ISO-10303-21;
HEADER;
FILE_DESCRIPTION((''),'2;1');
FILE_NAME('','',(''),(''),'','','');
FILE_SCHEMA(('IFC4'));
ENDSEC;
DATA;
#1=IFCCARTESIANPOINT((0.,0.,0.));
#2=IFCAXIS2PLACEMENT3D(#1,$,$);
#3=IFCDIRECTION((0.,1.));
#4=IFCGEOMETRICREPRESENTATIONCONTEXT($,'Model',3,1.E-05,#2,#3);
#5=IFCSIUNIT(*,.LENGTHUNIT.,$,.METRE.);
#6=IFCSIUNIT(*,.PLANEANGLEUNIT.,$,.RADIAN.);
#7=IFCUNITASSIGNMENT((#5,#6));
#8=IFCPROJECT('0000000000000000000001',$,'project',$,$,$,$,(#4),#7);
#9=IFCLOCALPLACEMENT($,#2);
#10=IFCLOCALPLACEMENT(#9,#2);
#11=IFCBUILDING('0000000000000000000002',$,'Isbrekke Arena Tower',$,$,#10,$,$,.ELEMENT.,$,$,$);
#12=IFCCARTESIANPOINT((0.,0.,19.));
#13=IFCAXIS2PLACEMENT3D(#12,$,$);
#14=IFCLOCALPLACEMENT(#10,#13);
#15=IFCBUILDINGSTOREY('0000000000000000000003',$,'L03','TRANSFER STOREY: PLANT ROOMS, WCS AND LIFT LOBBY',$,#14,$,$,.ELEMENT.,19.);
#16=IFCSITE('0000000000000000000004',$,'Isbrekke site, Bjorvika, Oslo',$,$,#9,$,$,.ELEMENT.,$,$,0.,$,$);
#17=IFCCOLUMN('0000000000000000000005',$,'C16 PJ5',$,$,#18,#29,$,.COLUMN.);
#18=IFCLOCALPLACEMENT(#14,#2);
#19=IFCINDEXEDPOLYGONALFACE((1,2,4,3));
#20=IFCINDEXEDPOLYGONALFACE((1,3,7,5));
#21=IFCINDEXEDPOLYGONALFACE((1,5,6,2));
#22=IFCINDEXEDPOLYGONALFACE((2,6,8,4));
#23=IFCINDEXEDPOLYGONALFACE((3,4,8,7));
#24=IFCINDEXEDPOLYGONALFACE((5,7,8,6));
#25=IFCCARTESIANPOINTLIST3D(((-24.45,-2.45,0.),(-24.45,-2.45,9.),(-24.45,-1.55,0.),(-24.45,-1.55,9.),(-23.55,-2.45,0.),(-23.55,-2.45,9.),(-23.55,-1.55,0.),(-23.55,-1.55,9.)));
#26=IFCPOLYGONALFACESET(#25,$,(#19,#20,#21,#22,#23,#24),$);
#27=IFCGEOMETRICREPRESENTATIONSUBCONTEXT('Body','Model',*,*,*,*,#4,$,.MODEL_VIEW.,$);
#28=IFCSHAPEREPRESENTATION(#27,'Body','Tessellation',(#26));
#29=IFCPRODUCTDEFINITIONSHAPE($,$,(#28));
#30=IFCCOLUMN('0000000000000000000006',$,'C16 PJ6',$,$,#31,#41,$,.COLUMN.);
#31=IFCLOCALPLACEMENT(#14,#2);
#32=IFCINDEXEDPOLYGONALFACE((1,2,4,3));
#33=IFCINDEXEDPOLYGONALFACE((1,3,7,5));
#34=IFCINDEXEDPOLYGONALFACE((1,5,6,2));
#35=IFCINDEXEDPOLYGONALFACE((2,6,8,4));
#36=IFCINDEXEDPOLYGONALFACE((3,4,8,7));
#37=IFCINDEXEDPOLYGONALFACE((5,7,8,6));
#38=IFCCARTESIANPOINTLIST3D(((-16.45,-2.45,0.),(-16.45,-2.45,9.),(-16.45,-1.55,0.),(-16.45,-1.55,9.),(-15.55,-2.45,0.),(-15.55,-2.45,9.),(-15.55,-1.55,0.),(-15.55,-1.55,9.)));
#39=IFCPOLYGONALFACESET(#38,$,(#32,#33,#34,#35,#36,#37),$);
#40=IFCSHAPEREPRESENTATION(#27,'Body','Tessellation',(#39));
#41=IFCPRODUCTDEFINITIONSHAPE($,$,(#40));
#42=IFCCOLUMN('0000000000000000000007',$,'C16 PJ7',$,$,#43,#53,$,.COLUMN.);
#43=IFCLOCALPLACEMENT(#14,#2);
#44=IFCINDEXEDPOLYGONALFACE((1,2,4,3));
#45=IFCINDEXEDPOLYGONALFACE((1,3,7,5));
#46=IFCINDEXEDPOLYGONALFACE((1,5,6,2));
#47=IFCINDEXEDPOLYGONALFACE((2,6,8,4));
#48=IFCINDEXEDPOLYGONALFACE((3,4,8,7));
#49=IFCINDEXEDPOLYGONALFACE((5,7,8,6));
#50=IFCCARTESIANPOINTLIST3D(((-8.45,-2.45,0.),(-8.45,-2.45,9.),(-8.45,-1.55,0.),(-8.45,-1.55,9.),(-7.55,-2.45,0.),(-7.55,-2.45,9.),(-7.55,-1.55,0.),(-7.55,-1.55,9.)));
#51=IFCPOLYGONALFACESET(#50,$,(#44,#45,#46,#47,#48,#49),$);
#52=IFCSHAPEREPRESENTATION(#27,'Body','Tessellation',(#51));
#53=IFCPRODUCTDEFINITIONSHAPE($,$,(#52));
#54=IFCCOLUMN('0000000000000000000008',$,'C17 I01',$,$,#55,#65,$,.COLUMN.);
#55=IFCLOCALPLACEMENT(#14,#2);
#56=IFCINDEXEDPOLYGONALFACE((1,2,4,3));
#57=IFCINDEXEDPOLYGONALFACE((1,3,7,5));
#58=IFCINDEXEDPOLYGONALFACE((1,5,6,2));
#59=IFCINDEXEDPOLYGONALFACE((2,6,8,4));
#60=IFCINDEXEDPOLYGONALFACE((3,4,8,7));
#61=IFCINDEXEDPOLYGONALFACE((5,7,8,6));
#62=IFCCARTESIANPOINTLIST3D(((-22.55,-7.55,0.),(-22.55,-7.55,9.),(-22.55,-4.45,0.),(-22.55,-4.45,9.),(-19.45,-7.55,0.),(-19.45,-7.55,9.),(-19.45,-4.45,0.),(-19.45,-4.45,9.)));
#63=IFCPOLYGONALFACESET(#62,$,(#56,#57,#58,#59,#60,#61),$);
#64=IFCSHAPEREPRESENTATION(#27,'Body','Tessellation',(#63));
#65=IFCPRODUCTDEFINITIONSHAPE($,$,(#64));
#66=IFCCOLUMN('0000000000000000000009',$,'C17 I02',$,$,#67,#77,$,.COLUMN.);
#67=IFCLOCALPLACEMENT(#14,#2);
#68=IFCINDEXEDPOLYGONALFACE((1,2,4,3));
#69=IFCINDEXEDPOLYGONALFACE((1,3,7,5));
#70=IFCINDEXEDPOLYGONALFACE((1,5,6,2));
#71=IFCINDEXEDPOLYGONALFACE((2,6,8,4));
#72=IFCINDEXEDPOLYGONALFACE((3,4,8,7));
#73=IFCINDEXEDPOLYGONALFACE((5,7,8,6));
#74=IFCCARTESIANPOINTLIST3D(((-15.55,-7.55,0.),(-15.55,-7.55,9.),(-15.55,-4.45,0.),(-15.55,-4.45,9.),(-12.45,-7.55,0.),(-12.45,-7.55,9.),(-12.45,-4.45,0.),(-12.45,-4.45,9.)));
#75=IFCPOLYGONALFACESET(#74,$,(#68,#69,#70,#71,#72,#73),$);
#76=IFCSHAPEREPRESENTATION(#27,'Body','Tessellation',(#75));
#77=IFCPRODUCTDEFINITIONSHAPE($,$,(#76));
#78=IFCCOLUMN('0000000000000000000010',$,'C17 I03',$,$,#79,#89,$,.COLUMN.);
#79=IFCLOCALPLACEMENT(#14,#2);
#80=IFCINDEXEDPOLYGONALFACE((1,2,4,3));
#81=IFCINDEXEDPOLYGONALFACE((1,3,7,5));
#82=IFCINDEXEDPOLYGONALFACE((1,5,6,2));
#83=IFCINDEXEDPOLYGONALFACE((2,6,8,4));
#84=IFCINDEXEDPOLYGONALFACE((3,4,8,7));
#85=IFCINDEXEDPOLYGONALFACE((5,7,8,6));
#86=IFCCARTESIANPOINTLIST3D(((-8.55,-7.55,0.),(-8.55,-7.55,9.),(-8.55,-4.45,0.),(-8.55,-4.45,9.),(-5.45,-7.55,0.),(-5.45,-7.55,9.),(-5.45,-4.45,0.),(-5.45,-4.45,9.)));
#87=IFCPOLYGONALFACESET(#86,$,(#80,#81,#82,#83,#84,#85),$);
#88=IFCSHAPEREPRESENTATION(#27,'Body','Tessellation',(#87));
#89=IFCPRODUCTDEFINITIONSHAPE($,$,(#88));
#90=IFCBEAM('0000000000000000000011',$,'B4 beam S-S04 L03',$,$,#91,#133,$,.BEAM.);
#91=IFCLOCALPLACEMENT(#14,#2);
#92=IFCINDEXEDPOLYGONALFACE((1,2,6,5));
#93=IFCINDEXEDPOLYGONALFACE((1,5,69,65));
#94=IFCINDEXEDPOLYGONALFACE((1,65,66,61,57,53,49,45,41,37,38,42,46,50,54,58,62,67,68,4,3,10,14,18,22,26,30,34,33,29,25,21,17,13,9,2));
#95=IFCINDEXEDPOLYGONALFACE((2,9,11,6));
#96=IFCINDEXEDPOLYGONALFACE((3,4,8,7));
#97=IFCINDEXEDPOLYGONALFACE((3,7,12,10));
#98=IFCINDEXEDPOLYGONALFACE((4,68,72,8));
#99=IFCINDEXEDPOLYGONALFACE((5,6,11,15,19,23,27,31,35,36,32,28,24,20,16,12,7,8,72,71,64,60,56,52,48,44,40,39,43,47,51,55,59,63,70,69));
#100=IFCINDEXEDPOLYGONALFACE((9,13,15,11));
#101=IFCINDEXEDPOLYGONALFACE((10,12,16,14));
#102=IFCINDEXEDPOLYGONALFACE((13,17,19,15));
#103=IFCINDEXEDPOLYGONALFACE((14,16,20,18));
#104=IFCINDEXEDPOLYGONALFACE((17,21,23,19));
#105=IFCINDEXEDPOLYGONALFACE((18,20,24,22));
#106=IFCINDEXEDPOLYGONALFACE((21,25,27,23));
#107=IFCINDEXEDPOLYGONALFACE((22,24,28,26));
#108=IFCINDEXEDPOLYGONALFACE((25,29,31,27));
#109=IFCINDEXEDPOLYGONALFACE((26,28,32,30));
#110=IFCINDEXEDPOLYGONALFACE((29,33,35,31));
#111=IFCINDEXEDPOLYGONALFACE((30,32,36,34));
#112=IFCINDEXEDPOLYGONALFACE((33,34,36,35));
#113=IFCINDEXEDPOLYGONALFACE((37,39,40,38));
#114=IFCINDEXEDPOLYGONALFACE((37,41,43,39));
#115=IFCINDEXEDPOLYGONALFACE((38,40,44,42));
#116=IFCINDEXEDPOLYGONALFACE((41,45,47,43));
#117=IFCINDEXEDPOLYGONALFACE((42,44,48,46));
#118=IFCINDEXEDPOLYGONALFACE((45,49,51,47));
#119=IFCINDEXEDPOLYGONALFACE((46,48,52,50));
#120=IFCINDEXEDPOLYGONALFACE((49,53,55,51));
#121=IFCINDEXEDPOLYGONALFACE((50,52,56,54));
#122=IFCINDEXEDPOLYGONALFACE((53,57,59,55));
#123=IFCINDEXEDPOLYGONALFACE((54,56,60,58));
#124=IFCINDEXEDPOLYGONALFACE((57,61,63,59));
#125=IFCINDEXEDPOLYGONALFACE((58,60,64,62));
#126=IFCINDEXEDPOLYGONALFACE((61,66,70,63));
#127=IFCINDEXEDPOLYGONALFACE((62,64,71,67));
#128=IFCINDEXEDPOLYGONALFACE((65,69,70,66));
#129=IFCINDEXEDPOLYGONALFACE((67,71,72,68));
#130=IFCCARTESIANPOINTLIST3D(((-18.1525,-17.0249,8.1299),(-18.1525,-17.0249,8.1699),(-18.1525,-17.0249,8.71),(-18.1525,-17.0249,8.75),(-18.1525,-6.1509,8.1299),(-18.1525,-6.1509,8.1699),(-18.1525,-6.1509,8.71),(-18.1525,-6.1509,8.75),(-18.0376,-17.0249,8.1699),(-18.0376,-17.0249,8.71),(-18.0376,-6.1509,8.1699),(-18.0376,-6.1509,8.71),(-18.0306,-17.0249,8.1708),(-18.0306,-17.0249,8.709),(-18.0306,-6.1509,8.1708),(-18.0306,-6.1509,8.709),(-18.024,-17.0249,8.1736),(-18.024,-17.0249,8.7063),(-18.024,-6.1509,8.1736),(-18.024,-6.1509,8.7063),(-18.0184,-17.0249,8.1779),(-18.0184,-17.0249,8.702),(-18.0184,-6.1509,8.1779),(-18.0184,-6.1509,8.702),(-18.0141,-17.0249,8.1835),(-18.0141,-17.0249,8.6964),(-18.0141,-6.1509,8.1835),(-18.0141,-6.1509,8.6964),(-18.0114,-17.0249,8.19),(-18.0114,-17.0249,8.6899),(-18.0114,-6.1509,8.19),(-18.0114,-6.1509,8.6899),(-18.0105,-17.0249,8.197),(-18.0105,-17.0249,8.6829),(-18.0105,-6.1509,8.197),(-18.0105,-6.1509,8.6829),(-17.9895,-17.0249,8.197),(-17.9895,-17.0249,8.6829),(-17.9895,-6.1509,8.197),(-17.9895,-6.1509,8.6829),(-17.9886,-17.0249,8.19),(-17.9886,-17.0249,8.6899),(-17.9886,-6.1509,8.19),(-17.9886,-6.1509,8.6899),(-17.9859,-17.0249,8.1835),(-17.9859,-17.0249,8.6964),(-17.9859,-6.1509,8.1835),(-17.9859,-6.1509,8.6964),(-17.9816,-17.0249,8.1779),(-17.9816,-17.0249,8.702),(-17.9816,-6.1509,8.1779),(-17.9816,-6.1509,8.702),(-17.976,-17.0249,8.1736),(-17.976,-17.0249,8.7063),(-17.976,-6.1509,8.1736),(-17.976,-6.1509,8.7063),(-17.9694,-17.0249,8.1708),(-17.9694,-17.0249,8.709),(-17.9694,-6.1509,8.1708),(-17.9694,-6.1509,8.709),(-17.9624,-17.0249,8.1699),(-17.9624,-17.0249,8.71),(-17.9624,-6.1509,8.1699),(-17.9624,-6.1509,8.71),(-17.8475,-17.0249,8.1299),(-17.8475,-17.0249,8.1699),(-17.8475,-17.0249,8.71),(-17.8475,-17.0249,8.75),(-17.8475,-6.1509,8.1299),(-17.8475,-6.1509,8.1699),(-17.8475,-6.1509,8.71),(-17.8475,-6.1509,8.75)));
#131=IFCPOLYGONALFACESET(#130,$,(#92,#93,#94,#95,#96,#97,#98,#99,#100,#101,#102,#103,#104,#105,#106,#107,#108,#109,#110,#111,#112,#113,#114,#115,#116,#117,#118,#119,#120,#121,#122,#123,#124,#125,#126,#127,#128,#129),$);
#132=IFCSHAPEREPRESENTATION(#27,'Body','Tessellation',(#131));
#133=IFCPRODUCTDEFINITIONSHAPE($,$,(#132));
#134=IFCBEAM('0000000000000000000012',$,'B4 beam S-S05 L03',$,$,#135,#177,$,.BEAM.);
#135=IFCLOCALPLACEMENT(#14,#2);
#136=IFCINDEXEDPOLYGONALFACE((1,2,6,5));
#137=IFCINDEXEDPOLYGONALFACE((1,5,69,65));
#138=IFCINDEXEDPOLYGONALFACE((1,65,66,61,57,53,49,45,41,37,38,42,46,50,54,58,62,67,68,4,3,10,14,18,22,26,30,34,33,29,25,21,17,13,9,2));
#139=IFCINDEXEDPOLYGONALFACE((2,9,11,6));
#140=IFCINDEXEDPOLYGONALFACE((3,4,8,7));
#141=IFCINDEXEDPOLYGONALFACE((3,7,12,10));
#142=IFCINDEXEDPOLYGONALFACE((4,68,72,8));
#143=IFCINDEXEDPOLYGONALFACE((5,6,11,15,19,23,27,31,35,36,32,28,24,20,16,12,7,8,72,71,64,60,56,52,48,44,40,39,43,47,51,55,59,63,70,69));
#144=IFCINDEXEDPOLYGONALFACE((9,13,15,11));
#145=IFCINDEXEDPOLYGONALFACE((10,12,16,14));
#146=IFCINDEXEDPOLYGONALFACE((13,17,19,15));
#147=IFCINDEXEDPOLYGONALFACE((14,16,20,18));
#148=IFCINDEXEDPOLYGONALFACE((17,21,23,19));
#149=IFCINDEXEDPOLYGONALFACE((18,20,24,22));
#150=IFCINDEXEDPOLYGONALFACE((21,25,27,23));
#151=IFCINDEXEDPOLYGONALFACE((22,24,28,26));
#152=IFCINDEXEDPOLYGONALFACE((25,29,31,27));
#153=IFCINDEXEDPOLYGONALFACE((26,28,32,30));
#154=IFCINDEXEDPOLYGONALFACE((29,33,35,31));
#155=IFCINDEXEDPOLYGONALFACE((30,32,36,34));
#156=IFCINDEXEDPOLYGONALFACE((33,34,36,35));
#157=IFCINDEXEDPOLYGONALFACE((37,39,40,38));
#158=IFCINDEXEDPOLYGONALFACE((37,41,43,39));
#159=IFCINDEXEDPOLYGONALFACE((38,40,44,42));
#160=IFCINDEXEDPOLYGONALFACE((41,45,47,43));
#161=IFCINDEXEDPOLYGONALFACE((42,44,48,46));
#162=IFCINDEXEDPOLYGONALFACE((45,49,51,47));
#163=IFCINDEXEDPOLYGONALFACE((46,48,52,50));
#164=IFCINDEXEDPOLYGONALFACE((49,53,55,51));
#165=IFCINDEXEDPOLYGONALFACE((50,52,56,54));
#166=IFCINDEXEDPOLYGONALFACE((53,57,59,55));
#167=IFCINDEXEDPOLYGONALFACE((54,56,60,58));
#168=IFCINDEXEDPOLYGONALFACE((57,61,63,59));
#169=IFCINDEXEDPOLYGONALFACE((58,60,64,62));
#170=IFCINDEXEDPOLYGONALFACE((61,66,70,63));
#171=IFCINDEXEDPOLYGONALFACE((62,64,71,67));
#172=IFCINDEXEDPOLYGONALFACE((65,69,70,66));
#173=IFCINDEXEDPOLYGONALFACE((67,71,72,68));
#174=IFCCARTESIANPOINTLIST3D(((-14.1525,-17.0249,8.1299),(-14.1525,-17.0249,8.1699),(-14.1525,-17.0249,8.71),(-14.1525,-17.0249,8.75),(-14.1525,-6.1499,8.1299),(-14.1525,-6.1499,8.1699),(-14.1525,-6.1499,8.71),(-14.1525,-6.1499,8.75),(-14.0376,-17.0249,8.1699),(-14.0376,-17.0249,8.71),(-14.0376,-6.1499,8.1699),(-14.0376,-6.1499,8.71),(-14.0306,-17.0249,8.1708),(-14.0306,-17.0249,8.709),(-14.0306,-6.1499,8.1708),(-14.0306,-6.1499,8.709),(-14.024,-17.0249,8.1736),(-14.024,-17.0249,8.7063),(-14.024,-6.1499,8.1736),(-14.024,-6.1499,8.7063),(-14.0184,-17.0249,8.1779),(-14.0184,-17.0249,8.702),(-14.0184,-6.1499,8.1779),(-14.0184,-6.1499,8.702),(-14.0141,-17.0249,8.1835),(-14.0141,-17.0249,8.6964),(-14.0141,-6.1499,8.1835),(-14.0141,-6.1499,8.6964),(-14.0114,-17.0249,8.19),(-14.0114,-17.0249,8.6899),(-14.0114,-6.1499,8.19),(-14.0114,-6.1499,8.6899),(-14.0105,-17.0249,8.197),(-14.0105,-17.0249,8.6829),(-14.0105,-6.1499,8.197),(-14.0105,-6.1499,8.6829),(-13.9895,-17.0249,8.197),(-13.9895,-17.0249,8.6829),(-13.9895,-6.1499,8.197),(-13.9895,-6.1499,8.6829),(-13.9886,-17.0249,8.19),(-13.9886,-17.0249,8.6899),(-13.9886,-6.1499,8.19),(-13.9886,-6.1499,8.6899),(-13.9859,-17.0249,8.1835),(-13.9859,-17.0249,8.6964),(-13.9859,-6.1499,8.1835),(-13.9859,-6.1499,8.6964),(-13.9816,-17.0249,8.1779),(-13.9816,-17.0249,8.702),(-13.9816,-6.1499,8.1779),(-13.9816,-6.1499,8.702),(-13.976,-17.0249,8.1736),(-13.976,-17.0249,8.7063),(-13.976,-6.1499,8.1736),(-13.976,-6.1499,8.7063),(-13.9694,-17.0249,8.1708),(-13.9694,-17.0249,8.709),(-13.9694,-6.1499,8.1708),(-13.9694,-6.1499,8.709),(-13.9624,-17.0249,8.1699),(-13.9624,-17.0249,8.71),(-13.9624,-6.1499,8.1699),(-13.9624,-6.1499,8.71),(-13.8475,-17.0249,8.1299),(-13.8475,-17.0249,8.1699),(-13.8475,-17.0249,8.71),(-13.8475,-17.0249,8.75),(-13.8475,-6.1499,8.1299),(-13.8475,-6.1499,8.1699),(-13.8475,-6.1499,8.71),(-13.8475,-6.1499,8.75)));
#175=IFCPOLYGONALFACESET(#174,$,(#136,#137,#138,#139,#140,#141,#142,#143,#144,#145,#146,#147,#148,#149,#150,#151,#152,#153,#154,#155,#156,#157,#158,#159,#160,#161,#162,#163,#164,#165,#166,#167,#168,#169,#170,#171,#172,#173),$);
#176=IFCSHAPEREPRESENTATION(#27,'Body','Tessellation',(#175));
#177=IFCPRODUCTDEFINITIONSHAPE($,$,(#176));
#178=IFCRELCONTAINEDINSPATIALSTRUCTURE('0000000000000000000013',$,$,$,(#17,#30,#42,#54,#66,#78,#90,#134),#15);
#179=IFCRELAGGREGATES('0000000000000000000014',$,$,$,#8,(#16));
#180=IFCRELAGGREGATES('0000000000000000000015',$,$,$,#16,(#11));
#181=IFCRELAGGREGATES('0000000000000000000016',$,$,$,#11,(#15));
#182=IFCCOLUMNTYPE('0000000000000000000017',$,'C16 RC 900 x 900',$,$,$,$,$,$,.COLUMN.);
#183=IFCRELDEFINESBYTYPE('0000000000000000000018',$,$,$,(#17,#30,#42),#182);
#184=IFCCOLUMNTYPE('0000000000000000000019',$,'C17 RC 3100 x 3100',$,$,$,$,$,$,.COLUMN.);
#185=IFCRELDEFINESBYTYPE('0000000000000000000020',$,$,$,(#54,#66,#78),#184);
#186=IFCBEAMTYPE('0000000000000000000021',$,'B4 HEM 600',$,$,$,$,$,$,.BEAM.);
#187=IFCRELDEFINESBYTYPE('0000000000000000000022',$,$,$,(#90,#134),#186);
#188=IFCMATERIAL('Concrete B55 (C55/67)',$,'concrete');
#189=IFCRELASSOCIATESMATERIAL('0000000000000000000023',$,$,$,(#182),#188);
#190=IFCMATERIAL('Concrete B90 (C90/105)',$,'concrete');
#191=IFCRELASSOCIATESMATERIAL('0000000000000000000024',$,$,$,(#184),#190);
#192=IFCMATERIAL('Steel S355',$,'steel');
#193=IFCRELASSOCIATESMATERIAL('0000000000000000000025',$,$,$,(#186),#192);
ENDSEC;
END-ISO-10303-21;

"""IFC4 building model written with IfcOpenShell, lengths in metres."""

from ifc_helpers import new_model, si_unit, direction, frame, origin, origin_2d, place, context, subcontext, project, spatial, rectangle, i_section, extrude, material, material_profile, profile_set, type_object, element, save


model = new_model("IFC4")

# Units and contexts
model_context = context("Model", 3, precision=1e-05, world=origin(), true_north=direction((0.0, 1.0)))
body_context = subcontext(model_context, "Body", "Model", "MODEL_VIEW")
ifc_project = project(units=[si_unit("LENGTHUNIT", "METRE"), si_unit("PLANEANGLEUNIT", "RADIAN")], contexts=[model_context])

# Site, building, storey
site_placement = place(None, origin())
site = spatial("IfcSite", under=ifc_project, at=site_placement, Name="Isbrekke site, Bjorvika, Oslo", CompositionType="ELEMENT", RefElevation=0.0)
building_placement = place(site_placement, origin())
building = spatial("IfcBuilding", under=site, at=building_placement, Name="Isbrekke Arena Tower", CompositionType="ELEMENT")
storey_placement = place(building_placement, frame((0.0, 0.0, 19.0)))
storey = spatial("IfcBuildingStorey", under=building, at=storey_placement, Name="L03", Description="TRANSFER STOREY: PLANT ROOMS, WCS AND LIFT LOBBY", CompositionType="ELEMENT", Elevation=19.0)

# Columns
ifc_material_1 = material(Name="Concrete B55 (C55/67)", Category="concrete")
ifc_material_profile_1 = material_profile(ifc_material_1, rectangle(XDim=0.8999, YDim=0.8999, at=origin_2d()), Name="RC 900x900")
ifc_profile_set_1 = profile_set([ifc_material_profile_1], Name="Concrete B55 (C55/67)")
column_type_1 = type_object("IfcColumnType", Name="C16 RC 900 x 900", PredefinedType="COLUMN", material=ifc_profile_set_1)
for number, where, z_axis, x_axis, name in (
    (1, (-24.0, -2.0, 0.0), (0.0, 0.0, 1.0), (1.0, 0.0, 0.0), "C16 PJ5"),
    (2, (-16.0, -2.0, 0.0), (0.0, 0.0, 1.0), (1.0, 0.0, 0.0), "C16 PJ6"),
    (3, (-8.0, -2.0, 0.0), (0.0, 0.0, 1.0), (1.0, 0.0, 0.0), "C16 PJ7"),
):
    element("IfcColumn", number, at=place(storey_placement, frame(where, z_axis=z_axis, x_axis=x_axis)), inside=storey, type_object=column_type_1, Name=name, PredefinedType="COLUMN", context=body_context, shape_type="SweptSolid", body=[
        extrude(rectangle(XDim=0.8999, YDim=0.8999, at=origin_2d()), origin(), (0.0, 0.0, 1.0), 9.0),
    ])
ifc_material_2 = material(Name="Concrete B90 (C90/105)", Category="concrete")
ifc_material_profile_2 = material_profile(ifc_material_2, rectangle(XDim=3.1001, YDim=3.1001, at=origin_2d()), Name="RC 3100x3100")
ifc_profile_set_2 = profile_set([ifc_material_profile_2], Name="Concrete B90 (C90/105)")
column_type_2 = type_object("IfcColumnType", Name="C17 RC 3100 x 3100", PredefinedType="COLUMN", material=ifc_profile_set_2)
for number, where, z_axis, x_axis, name in (
    (4, (-21.0, -6.0, 0.0), (0.0, 0.0, 1.0), (1.0, 0.0, 0.0), "C17 I01"),
    (5, (-14.0, -6.0, 0.0), (0.0, 0.0, 1.0), (1.0, 0.0, 0.0), "C17 I02"),
    (6, (-7.0, -6.0, 0.0), (0.0, 0.0, 1.0), (1.0, 0.0, 0.0), "C17 I03"),
):
    element("IfcColumn", number, at=place(storey_placement, frame(where, z_axis=z_axis, x_axis=x_axis)), inside=storey, type_object=column_type_2, Name=name, PredefinedType="COLUMN", context=body_context, shape_type="SweptSolid", body=[
        extrude(rectangle(XDim=3.1001, YDim=3.1001, at=origin_2d()), origin(), (0.0, 0.0, 1.0), 9.0),
    ])

# Beams
ifc_material_3 = material(Name="Steel S355", Category="steel")
ifc_material_profile_3 = material_profile(ifc_material_3, i_section(OverallWidth=0.3049, OverallDepth=0.6201, WebThickness=0.021, FlangeThickness=0.04, FilletRadius=0.0271, at=origin_2d()), Name="HEM 600")
ifc_profile_set_3 = profile_set([ifc_material_profile_3], Name="Steel S355")
beam_type_1 = type_object("IfcBeamType", Name="B4 HEM 600", PredefinedType="BEAM", material=ifc_profile_set_3)
beam_1_placement = place(storey_placement, frame((-18.0, -17.0249, 8.4399), z_axis=(0.0, 1.0, 0.0), x_axis=(-1.0, 0.0, 0.0)))
element("IfcBeam", 7, at=beam_1_placement, inside=storey, type_object=beam_type_1, Name="B4 beam S-S04 L03", PredefinedType="BEAM", context=body_context, shape_type="SweptSolid", body=[
    extrude(i_section(OverallWidth=0.3049, OverallDepth=0.6201, WebThickness=0.021, FlangeThickness=0.04, FilletRadius=0.0271, at=origin_2d()), origin(), (0.0, 0.0, 1.0), 10.874),
])
beam_2_placement = place(storey_placement, frame((-14.0, -17.0249, 8.4399), z_axis=(0.0, 1.0, 0.0), x_axis=(-1.0, 0.0, 0.0)))
element("IfcBeam", 8, at=beam_2_placement, inside=storey, type_object=beam_type_1, Name="B4 beam S-S05 L03", PredefinedType="BEAM", context=body_context, shape_type="SweptSolid", body=[
    extrude(i_section(OverallWidth=0.3049, OverallDepth=0.6201, WebThickness=0.021, FlangeThickness=0.04, FilletRadius=0.0271, at=origin_2d()), origin(), (0.0, 0.0, 1.0), 10.875),
])

save(model, "model.ifc")
